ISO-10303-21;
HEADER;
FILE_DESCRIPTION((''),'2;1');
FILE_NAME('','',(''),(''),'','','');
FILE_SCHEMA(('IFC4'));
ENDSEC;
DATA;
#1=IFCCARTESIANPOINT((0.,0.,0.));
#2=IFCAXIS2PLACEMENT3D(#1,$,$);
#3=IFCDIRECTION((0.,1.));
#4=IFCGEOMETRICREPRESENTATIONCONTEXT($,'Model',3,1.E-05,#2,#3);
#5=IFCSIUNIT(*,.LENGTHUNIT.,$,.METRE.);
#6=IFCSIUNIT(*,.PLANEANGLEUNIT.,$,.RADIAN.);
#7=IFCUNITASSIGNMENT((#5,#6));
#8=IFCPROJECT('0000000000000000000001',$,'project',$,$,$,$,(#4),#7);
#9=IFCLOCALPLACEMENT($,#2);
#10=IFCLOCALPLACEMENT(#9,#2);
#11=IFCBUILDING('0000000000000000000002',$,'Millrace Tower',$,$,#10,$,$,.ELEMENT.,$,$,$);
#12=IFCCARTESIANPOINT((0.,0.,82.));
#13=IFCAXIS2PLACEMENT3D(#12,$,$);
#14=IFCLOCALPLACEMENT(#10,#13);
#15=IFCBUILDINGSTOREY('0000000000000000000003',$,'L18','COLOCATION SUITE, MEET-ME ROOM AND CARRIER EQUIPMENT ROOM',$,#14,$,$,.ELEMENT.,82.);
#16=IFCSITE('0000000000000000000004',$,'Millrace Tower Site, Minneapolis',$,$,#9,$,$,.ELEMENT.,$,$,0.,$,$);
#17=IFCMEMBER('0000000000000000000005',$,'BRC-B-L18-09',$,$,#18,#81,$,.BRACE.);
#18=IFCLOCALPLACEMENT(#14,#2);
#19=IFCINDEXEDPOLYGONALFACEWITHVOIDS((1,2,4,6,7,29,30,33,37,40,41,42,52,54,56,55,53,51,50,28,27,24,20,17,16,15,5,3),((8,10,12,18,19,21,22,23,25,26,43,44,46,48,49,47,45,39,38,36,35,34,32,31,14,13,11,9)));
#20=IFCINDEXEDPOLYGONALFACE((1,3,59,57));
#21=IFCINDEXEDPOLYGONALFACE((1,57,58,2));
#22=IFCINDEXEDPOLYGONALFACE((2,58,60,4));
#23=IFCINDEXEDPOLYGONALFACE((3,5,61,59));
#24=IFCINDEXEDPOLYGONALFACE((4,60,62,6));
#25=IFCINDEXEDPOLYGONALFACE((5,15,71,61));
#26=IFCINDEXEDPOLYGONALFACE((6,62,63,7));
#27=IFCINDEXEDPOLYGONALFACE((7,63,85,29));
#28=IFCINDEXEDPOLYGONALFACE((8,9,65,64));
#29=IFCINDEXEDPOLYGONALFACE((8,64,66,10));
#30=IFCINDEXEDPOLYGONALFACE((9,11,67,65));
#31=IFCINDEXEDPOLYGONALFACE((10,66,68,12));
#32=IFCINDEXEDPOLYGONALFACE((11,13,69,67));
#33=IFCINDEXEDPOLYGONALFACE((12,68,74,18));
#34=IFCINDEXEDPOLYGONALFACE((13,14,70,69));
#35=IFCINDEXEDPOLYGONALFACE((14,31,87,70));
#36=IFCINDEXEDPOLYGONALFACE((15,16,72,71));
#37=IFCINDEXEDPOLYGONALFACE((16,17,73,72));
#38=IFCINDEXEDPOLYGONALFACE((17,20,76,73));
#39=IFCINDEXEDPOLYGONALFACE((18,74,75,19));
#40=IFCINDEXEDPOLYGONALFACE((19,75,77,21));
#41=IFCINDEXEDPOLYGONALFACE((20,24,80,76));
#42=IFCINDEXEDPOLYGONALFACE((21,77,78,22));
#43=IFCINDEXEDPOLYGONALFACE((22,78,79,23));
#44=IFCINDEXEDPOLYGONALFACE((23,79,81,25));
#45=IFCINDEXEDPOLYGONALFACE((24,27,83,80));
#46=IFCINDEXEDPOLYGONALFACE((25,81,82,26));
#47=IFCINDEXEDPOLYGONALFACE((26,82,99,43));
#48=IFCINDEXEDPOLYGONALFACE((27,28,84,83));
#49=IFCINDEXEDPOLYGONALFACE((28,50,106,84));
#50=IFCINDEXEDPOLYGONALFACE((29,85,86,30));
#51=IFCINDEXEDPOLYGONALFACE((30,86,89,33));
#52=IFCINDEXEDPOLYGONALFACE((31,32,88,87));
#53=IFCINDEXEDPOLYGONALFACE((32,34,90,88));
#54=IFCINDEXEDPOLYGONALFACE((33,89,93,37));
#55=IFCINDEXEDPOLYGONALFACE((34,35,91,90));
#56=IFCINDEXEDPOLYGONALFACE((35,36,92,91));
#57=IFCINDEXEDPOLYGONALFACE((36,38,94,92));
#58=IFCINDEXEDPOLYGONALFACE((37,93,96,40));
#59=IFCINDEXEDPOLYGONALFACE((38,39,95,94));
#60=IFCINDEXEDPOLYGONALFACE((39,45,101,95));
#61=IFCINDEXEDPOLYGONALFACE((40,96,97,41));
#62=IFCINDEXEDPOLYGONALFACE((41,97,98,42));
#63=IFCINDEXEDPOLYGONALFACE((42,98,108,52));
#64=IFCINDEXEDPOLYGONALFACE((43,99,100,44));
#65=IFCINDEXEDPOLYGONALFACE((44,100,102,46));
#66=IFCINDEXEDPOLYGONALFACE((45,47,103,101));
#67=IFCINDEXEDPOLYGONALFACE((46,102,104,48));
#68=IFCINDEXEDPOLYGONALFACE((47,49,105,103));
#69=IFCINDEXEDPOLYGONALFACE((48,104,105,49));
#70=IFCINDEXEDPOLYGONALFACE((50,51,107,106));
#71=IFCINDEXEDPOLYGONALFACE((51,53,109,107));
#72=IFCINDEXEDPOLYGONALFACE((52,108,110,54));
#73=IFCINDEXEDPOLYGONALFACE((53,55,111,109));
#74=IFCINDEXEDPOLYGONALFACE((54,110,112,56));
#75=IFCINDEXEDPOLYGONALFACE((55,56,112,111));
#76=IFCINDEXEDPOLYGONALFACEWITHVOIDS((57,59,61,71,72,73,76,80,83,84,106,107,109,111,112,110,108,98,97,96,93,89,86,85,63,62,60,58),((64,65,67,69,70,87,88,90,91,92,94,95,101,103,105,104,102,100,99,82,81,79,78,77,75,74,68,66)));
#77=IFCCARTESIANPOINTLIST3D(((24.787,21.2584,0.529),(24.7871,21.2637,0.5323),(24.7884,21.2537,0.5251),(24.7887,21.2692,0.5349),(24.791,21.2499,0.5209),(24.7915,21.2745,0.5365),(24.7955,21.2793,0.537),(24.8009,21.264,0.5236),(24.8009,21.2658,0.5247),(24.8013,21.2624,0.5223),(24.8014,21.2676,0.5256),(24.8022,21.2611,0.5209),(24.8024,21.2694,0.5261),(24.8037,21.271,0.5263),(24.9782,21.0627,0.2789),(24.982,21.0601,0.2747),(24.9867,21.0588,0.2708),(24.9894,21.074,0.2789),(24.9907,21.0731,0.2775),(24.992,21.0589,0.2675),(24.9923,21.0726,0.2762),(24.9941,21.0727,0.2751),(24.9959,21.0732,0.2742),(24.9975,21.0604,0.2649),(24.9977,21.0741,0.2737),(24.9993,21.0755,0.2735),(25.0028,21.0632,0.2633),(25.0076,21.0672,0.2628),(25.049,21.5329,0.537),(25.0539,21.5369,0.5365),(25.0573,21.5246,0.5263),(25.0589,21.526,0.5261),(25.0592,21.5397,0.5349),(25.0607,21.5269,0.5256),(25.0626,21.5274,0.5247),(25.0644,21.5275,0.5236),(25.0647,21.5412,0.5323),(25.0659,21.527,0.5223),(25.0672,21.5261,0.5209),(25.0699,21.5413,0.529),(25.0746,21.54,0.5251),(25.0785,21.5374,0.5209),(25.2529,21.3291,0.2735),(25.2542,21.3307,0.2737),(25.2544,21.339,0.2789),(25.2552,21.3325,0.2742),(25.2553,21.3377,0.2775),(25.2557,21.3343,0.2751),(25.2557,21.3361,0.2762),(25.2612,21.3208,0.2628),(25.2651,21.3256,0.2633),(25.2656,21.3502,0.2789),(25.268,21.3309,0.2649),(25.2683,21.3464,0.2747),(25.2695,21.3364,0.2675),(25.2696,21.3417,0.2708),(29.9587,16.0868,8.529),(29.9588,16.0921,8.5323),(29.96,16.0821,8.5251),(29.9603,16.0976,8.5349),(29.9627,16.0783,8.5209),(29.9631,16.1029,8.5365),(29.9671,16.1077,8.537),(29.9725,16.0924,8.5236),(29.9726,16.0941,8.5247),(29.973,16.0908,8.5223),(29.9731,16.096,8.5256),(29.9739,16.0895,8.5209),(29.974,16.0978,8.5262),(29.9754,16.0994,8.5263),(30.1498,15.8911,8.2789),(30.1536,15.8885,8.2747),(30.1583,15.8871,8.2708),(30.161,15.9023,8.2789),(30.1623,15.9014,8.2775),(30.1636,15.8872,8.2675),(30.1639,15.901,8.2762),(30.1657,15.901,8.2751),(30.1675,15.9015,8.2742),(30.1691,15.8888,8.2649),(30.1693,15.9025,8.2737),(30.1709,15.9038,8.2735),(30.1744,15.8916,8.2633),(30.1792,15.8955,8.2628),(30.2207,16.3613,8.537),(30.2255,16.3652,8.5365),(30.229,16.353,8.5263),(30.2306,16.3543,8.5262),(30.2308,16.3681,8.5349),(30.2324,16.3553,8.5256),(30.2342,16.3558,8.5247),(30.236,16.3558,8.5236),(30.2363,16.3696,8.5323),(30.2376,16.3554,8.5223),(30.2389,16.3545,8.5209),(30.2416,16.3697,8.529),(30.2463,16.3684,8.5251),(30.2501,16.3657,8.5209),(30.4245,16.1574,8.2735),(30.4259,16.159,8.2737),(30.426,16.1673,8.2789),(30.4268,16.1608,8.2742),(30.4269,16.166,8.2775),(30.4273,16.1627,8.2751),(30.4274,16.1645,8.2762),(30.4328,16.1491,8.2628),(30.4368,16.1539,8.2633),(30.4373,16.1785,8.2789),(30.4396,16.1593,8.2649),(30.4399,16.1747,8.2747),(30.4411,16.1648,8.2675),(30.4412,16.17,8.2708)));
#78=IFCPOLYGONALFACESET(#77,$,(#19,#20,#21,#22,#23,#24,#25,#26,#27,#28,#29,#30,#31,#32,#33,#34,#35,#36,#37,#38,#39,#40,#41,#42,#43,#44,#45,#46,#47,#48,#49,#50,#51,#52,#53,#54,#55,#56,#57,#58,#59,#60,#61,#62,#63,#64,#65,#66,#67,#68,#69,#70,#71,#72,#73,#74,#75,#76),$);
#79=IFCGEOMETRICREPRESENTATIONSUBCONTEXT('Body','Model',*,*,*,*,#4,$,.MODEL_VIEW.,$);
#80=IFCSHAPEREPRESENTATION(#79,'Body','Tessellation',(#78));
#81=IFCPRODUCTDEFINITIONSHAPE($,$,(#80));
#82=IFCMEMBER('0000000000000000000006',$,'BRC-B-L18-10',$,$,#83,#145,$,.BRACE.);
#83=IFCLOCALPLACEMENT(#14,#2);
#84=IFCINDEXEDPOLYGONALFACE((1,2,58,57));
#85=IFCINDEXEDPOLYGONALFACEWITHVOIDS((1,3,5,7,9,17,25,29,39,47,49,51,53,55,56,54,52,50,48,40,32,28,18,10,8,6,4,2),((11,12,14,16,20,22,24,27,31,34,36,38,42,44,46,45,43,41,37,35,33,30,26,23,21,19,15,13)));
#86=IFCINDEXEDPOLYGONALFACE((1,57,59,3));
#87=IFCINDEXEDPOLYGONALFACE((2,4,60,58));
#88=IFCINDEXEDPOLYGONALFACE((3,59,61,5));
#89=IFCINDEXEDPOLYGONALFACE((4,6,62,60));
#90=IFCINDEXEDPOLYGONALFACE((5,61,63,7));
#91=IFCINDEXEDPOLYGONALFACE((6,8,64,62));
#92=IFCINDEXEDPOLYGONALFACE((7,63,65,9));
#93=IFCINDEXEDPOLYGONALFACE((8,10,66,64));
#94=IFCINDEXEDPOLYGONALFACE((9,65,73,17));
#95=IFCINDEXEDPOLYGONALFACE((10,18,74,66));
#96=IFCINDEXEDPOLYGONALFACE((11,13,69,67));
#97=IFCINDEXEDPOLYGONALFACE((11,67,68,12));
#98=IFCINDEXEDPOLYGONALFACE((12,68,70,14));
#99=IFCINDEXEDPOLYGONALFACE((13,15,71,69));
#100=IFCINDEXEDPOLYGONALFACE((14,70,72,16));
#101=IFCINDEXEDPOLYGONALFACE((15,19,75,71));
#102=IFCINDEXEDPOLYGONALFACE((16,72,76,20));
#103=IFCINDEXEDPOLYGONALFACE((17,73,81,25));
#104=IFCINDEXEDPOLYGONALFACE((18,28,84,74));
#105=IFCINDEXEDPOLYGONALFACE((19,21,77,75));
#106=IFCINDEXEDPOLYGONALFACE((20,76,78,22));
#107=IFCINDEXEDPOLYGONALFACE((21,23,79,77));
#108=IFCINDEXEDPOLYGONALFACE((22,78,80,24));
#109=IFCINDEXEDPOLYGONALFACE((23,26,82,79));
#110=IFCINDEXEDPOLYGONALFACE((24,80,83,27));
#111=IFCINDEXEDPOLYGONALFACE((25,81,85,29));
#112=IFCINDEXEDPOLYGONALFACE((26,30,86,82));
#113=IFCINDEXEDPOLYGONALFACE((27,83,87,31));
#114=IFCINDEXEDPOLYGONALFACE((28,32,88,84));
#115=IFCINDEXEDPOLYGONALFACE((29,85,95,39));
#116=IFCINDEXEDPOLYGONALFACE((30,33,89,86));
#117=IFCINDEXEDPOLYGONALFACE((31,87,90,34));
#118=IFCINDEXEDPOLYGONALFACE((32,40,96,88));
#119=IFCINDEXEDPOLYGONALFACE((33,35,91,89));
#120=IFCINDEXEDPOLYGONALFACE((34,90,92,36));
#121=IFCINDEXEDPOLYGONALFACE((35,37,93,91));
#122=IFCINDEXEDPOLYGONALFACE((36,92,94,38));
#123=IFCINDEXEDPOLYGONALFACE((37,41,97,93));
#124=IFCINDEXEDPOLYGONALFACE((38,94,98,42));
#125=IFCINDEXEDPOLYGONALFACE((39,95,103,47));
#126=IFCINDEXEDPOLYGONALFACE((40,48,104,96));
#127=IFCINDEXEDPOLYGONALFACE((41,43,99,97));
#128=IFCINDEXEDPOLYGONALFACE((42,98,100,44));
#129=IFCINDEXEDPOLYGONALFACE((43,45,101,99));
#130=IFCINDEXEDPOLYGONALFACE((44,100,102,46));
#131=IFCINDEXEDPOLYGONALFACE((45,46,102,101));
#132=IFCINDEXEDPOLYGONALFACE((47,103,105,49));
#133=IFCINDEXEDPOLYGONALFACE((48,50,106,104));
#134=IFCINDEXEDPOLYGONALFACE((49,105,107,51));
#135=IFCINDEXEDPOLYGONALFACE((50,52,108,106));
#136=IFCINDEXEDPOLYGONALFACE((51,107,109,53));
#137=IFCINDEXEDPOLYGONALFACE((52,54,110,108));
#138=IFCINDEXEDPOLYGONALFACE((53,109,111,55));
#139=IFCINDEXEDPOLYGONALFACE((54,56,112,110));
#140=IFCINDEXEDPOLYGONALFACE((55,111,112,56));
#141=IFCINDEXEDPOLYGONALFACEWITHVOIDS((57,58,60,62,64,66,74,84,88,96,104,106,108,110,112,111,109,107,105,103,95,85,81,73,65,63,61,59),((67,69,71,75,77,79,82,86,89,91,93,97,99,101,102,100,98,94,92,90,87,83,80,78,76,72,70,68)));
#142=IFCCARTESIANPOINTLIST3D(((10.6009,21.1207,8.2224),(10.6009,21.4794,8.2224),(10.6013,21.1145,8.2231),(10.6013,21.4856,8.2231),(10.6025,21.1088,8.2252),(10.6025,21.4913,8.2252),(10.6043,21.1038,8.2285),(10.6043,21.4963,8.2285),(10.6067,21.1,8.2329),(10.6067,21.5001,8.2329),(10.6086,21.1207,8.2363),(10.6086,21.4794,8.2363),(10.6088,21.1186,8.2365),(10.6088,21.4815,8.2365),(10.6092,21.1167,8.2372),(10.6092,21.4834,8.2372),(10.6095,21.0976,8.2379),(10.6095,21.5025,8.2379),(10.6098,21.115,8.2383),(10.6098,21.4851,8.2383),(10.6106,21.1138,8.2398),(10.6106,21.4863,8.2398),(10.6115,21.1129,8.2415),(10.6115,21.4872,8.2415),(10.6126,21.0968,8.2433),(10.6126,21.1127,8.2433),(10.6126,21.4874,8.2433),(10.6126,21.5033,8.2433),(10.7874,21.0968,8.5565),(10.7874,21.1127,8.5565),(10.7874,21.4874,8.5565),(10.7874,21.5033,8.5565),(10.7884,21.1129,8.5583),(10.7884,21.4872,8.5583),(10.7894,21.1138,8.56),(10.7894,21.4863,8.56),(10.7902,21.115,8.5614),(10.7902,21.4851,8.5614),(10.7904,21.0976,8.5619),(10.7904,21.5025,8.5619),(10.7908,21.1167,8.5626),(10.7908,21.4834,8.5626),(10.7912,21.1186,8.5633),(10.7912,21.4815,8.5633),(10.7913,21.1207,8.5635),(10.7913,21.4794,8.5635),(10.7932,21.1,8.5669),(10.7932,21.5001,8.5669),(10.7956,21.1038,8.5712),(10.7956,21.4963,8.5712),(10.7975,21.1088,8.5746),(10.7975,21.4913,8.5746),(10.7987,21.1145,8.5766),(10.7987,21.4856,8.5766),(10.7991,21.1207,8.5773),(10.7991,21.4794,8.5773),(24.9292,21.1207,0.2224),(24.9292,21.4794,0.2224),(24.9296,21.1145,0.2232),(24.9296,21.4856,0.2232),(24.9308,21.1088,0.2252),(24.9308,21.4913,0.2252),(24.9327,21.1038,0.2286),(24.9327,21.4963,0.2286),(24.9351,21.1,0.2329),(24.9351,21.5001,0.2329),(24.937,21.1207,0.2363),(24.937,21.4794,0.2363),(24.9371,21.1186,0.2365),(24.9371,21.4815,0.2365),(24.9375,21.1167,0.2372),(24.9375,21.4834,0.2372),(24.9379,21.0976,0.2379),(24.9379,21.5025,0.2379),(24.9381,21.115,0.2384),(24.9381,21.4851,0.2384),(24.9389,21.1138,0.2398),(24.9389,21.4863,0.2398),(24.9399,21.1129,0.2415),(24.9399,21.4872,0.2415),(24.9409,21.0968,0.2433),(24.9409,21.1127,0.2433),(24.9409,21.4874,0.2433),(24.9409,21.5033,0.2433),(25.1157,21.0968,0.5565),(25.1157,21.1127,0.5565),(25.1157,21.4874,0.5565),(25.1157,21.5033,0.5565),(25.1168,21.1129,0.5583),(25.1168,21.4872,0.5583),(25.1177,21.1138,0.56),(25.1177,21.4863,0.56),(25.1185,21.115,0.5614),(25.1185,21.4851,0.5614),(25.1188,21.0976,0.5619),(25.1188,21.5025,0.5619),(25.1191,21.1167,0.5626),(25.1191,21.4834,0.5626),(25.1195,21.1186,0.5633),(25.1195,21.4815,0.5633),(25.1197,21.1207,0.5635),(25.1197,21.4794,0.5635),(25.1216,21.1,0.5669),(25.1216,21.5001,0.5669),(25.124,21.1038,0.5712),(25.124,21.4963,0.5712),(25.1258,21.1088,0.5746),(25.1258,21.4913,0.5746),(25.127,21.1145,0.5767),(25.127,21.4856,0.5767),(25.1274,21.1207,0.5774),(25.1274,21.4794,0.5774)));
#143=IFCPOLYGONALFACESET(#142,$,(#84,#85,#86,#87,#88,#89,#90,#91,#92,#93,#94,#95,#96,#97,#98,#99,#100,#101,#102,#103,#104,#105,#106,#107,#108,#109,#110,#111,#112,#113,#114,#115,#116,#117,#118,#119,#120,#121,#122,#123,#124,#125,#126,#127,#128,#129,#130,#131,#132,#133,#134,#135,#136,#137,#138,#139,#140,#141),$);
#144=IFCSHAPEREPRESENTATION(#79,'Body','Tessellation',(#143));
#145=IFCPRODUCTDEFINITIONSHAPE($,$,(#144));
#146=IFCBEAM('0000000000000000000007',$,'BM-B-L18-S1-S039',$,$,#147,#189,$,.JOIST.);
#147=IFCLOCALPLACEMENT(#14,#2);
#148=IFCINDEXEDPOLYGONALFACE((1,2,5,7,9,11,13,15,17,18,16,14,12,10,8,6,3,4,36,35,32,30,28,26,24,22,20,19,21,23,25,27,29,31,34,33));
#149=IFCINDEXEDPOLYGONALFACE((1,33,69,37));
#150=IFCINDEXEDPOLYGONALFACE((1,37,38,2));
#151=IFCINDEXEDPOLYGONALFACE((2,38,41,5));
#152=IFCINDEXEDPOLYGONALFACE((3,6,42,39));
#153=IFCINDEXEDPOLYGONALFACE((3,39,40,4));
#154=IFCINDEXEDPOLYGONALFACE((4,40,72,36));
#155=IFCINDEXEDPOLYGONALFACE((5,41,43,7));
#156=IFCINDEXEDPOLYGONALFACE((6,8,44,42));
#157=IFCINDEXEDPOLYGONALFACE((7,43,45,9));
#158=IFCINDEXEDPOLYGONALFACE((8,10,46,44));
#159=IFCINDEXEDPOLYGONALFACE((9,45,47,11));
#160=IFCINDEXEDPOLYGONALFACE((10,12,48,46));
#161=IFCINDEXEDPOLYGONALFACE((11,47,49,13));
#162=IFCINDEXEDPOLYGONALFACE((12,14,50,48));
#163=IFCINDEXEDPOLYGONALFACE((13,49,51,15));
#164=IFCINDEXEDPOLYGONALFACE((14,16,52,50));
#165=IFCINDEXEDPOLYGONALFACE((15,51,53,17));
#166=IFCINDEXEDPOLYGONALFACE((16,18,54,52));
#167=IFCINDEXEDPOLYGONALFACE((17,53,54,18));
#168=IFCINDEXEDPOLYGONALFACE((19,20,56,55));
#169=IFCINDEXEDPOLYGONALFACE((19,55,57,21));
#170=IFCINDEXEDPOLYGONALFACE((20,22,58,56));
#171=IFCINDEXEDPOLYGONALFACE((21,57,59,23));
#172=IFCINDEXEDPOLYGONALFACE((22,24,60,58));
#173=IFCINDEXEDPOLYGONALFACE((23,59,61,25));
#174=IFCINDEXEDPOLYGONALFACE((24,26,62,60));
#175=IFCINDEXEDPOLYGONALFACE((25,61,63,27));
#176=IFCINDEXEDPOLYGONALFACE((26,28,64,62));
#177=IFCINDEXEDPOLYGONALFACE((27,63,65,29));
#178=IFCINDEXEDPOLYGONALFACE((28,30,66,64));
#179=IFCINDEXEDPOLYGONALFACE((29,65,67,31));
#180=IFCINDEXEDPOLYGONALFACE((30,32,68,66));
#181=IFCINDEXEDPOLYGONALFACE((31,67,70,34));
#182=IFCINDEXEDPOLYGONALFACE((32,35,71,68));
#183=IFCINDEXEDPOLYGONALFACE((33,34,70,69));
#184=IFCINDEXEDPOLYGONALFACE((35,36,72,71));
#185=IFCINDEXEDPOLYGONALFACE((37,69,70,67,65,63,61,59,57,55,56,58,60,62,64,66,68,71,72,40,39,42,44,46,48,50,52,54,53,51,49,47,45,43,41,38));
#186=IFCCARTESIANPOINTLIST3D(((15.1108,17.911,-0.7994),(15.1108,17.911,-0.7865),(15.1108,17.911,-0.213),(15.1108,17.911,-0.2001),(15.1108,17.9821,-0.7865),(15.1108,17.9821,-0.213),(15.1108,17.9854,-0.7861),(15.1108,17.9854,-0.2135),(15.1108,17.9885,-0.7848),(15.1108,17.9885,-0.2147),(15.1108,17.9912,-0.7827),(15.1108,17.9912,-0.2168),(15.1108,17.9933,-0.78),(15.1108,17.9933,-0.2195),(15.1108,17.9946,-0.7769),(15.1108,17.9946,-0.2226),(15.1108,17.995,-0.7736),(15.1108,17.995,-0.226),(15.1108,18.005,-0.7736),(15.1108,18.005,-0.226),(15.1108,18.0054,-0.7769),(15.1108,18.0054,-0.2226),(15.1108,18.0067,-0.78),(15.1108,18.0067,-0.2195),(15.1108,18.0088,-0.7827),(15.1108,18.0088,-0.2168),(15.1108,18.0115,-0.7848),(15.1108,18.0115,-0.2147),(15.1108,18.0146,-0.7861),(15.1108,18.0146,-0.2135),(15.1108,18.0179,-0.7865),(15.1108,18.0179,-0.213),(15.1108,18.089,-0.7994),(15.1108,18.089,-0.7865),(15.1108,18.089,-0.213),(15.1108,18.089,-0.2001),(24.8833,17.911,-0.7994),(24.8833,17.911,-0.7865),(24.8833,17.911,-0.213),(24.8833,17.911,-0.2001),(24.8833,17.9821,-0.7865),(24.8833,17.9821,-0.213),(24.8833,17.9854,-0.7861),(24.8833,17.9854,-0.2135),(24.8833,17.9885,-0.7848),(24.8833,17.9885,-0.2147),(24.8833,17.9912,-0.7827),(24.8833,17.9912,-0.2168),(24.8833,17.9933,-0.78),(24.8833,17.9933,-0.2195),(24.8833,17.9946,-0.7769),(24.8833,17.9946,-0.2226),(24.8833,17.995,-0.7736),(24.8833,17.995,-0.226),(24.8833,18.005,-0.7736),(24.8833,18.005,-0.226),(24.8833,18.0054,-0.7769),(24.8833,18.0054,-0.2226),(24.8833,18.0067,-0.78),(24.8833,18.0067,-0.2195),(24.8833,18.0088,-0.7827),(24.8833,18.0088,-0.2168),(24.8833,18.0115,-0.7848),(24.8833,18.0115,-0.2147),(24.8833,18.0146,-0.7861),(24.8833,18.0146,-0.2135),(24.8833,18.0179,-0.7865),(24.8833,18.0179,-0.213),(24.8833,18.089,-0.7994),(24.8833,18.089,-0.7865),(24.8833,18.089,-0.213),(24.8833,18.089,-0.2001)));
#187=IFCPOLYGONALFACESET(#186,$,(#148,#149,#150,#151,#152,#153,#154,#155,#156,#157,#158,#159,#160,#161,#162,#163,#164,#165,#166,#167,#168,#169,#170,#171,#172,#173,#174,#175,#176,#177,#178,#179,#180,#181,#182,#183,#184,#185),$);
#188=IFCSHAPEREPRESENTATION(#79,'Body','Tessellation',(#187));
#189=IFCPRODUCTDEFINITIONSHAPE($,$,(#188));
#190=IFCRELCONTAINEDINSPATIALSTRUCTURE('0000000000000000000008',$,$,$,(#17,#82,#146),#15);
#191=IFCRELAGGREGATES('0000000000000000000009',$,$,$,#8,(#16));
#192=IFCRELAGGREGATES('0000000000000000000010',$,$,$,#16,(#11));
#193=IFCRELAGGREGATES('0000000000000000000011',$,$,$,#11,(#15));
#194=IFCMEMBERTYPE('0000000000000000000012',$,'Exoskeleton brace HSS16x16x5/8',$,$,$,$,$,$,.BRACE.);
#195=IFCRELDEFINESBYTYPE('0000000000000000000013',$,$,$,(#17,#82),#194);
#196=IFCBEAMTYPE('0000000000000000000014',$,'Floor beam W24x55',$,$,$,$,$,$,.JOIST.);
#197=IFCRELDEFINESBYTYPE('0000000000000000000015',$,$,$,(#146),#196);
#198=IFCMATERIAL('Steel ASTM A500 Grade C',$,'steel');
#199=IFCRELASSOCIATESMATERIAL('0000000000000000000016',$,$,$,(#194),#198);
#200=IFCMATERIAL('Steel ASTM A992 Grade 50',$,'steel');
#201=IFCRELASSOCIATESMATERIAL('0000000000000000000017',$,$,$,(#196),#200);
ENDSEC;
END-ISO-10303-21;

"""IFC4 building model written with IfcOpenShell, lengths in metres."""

from ifc_helpers import new_model, si_unit, direction, frame, origin, origin_2d, place, context, subcontext, project, spatial, hollow_rectangle, i_section, extrude, material, material_profile, profile_set, type_object, element, save


model = new_model("IFC4")

# Units and contexts
model_context = context("Model", 3, precision=1e-05, world=origin(), true_north=direction((0.0, 1.0)))
body_context = subcontext(model_context, "Body", "Model", "MODEL_VIEW")
ifc_project = project(units=[si_unit("LENGTHUNIT", "METRE"), si_unit("PLANEANGLEUNIT", "RADIAN")], contexts=[model_context])

# Site, building, storey
site_placement = place(None, origin())
site = spatial("IfcSite", under=ifc_project, at=site_placement, Name="Millrace Tower Site, Minneapolis", CompositionType="ELEMENT", RefElevation=0.0)
building_placement = place(site_placement, origin())
building = spatial("IfcBuilding", under=site, at=building_placement, Name="Millrace Tower", CompositionType="ELEMENT")
storey_placement = place(building_placement, frame((0.0, 0.0, 82.0)))
storey = spatial("IfcBuildingStorey", under=building, at=storey_placement, Name="L18", Description="COLOCATION SUITE, MEET-ME ROOM AND CARRIER EQUIPMENT ROOM", CompositionType="ELEMENT", Elevation=82.0)

# Members
ifc_material_1 = material(Name="Steel ASTM A500 Grade C", Category="steel")
ifc_material_profile_1 = material_profile(ifc_material_1, hollow_rectangle(XDim=0.4065, YDim=0.4065, WallThickness=0.0159, InnerFilletRadius=0.0081, OuterFilletRadius=0.0239, at=origin_2d()))
ifc_profile_set_1 = profile_set([ifc_material_profile_1], Name="Steel ASTM A500 Grade C")
member_type_1 = type_object("IfcMemberType", Name="Exoskeleton brace HSS16x16x5/8", PredefinedType="BRACE", material=ifc_profile_set_1)
member_1_placement = place(storey_placement, frame((25.0283, 21.3, 0.3999), z_axis=(0.477116, -0.477116, 0.738052), x_axis=(0.707107, 0.707107, 0.0)))
element("IfcMember", 1, at=member_1_placement, inside=storey, type_object=member_type_1, Name="BRC-B-L18-09", PredefinedType="BRACE", context=body_context, shape_type="SweptSolid", body=[
    extrude(hollow_rectangle(XDim=0.4065, YDim=0.4065, WallThickness=0.0159, InnerFilletRadius=0.0081, OuterFilletRadius=0.0239, at=origin_2d()), origin(), (0.0, 0.0, 1.0), 10.8394),
])
member_2_placement = place(storey_placement, frame((25.0283, 21.3, 0.3999), z_axis=(-0.873126, 0.0, 0.487495), x_axis=(0.0, -1.0, 0.0)))
element("IfcMember", 2, at=member_2_placement, inside=storey, type_object=member_type_1, Name="BRC-B-L18-10", PredefinedType="BRACE", context=body_context, shape_type="SweptSolid", body=[
    extrude(hollow_rectangle(XDim=0.4065, YDim=0.4065, WallThickness=0.0159, InnerFilletRadius=0.0081, OuterFilletRadius=0.0239, at=origin_2d()), origin(), (0.0, 0.0, 1.0), 16.4104),
])

# Beam
ifc_material_2 = material(Name="Steel ASTM A992 Grade 50", Category="steel")
ifc_material_profile_2 = material_profile(ifc_material_2, i_section(OverallWidth=0.178, OverallDepth=0.5994, WebThickness=0.01, FlangeThickness=0.0129, FilletRadius=0.0129, at=origin_2d()))
ifc_profile_set_2 = profile_set([ifc_material_profile_2], Name="Steel ASTM A992 Grade 50")
beam_type_1 = type_object("IfcBeamType", Name="Floor beam W24x55", PredefinedType="JOIST", material=ifc_profile_set_2)
beam_1_placement = place(storey_placement, frame((15.1108, 18.0, -0.4998), z_axis=(1.0, 0.0, 0.0), x_axis=(0.0, 1.0, 0.0)))
element("IfcBeam", 3, at=beam_1_placement, inside=storey, type_object=beam_type_1, Name="BM-B-L18-S1-S039", PredefinedType="JOIST", context=body_context, shape_type="SweptSolid", body=[
    extrude(i_section(OverallWidth=0.178, OverallDepth=0.5994, WebThickness=0.01, FlangeThickness=0.0129, FilletRadius=0.0129, at=origin_2d()), origin(), (0.0, 0.0, 1.0), 9.7725),
])

save(model, "model.ifc")
